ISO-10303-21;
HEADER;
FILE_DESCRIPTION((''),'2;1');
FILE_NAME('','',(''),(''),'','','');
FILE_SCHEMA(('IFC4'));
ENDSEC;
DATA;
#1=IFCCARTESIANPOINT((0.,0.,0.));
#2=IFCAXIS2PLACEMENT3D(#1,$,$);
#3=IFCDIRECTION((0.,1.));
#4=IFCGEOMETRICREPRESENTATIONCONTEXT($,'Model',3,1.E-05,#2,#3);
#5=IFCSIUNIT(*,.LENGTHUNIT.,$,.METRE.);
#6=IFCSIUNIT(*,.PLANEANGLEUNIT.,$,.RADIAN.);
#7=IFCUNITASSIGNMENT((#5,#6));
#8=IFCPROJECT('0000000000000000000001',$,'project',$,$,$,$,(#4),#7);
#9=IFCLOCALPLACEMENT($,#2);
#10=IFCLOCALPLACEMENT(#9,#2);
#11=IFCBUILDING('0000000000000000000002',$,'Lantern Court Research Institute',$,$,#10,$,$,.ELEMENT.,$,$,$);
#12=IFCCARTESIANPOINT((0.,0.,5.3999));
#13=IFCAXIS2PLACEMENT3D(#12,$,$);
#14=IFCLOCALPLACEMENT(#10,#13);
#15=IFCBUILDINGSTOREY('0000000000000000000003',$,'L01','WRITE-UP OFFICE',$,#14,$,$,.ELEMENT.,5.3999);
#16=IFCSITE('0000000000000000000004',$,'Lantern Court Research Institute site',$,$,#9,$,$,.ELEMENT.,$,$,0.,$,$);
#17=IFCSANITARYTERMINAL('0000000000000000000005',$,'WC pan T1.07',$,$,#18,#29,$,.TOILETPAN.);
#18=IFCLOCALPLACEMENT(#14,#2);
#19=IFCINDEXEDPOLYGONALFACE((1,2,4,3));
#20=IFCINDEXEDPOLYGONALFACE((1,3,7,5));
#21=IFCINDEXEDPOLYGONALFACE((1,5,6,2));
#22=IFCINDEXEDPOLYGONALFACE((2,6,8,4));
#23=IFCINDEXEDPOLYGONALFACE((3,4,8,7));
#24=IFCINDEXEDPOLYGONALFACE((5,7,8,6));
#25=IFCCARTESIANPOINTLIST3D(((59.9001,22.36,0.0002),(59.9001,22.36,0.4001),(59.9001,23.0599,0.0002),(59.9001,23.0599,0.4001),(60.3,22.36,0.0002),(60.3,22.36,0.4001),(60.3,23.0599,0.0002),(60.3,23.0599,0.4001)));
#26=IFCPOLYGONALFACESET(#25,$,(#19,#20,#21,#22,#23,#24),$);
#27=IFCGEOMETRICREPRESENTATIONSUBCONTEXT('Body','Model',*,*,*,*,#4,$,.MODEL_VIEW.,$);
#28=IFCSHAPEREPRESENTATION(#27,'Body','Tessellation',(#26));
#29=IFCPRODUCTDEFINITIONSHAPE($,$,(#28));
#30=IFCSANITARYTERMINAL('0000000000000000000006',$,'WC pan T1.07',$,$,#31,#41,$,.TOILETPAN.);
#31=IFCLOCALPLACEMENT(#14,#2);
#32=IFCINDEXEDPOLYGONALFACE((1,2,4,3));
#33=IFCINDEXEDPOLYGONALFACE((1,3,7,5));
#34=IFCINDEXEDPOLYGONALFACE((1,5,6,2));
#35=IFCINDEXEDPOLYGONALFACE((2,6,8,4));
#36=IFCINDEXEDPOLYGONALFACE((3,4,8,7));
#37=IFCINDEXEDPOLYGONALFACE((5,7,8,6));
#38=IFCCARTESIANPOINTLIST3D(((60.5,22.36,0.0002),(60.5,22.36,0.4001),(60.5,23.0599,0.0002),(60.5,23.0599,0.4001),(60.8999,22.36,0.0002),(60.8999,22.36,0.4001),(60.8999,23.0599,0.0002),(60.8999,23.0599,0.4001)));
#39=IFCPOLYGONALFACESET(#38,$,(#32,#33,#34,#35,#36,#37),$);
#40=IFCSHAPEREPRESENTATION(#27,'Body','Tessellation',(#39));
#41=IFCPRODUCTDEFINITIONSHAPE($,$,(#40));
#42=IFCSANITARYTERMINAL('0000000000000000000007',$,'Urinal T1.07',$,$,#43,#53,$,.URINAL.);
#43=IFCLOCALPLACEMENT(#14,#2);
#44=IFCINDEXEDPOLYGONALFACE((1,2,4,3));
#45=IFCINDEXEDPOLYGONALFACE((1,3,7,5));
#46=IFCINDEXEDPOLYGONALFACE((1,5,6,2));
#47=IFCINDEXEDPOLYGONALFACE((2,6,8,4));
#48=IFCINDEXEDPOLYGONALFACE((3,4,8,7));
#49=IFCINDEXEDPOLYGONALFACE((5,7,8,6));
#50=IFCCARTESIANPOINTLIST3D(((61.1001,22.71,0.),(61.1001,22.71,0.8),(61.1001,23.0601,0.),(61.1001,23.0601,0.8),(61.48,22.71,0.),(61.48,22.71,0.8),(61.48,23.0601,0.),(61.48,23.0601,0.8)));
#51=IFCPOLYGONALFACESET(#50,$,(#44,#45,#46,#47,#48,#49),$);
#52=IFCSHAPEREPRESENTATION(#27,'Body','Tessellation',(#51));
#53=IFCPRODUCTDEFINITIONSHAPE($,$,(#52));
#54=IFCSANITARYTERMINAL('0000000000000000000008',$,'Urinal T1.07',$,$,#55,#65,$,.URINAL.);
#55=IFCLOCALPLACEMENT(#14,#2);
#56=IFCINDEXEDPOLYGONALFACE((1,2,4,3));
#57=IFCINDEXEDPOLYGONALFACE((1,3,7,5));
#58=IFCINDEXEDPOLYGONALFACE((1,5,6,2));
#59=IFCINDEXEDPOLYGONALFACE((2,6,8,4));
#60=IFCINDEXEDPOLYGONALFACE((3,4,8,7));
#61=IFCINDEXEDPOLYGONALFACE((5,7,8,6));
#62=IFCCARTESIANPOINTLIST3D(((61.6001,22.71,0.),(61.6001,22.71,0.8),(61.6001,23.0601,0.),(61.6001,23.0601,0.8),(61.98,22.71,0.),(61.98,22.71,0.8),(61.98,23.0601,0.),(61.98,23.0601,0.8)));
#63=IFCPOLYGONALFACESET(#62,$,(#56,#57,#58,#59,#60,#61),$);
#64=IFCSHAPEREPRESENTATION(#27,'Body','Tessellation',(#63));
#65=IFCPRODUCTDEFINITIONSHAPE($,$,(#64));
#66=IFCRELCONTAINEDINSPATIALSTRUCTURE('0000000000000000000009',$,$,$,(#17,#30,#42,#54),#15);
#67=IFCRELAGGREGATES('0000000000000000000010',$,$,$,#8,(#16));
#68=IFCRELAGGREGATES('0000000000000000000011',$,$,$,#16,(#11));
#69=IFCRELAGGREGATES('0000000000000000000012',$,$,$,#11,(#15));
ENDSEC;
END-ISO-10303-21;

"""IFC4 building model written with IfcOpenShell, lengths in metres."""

from ifc_helpers import new_model, si_unit, direction, frame, origin, origin_2d, place, context, subcontext, project, spatial, rectangle, extrude, element, save


model = new_model("IFC4")

# Units and contexts
model_context = context("Model", 3, precision=1e-05, world=origin(), true_north=direction((0.0, 1.0)))
body_context = subcontext(model_context, "Body", "Model", "MODEL_VIEW")
ifc_project = project(units=[si_unit("LENGTHUNIT", "METRE"), si_unit("PLANEANGLEUNIT", "RADIAN")], contexts=[model_context])

# Site, building, storey
site_placement = place(None, origin())
site = spatial("IfcSite", under=ifc_project, at=site_placement, Name="Lantern Court Research Institute site", CompositionType="ELEMENT", RefElevation=0.0)
building_placement = place(site_placement, origin())
building = spatial("IfcBuilding", under=site, at=building_placement, Name="Lantern Court Research Institute", CompositionType="ELEMENT")
storey_placement = place(building_placement, frame((0.0, 0.0, 5.3999)))
storey = spatial("IfcBuildingStorey", under=building, at=storey_placement, Name="L01", Description="WRITE-UP OFFICE", CompositionType="ELEMENT", Elevation=5.3999)

# Sanitary terminals
for number, where, z_axis, x_axis, name in (
    (1, (60.1001, 22.71, 0.0002), (0.0, 0.0, 1.0), (1.0, 0.0, 0.0), "WC pan T1.07"),
    (2, (60.7, 22.71, 0.0002), (0.0, 0.0, 1.0), (1.0, 0.0, 0.0), "WC pan T1.07"),
):
    element("IfcSanitaryTerminal", number, at=place(storey_placement, frame(where, z_axis=z_axis, x_axis=x_axis)), inside=storey, Name=name, PredefinedType="TOILETPAN", context=body_context, shape_type="SweptSolid", body=[
        extrude(rectangle(XDim=0.3999, YDim=0.7, at=origin_2d()), origin(), (0.0, 0.0, 1.0), 0.3999),
    ])
for number, where, z_axis, x_axis, name in (
    (3, (61.29, 22.885, 0.0), (0.0, 0.0, 1.0), (1.0, 0.0, 0.0), "Urinal T1.07"),
    (4, (61.79, 22.885, 0.0), (0.0, 0.0, 1.0), (1.0, 0.0, 0.0), "Urinal T1.07"),
):
    element("IfcSanitaryTerminal", number, at=place(storey_placement, frame(where, z_axis=z_axis, x_axis=x_axis)), inside=storey, Name=name, PredefinedType="URINAL", context=body_context, shape_type="SweptSolid", body=[
        extrude(rectangle(XDim=0.3799, YDim=0.3501, at=origin_2d()), origin(), (0.0, 0.0, 1.0), 0.8),
    ])

save(model, "model.ifc")
